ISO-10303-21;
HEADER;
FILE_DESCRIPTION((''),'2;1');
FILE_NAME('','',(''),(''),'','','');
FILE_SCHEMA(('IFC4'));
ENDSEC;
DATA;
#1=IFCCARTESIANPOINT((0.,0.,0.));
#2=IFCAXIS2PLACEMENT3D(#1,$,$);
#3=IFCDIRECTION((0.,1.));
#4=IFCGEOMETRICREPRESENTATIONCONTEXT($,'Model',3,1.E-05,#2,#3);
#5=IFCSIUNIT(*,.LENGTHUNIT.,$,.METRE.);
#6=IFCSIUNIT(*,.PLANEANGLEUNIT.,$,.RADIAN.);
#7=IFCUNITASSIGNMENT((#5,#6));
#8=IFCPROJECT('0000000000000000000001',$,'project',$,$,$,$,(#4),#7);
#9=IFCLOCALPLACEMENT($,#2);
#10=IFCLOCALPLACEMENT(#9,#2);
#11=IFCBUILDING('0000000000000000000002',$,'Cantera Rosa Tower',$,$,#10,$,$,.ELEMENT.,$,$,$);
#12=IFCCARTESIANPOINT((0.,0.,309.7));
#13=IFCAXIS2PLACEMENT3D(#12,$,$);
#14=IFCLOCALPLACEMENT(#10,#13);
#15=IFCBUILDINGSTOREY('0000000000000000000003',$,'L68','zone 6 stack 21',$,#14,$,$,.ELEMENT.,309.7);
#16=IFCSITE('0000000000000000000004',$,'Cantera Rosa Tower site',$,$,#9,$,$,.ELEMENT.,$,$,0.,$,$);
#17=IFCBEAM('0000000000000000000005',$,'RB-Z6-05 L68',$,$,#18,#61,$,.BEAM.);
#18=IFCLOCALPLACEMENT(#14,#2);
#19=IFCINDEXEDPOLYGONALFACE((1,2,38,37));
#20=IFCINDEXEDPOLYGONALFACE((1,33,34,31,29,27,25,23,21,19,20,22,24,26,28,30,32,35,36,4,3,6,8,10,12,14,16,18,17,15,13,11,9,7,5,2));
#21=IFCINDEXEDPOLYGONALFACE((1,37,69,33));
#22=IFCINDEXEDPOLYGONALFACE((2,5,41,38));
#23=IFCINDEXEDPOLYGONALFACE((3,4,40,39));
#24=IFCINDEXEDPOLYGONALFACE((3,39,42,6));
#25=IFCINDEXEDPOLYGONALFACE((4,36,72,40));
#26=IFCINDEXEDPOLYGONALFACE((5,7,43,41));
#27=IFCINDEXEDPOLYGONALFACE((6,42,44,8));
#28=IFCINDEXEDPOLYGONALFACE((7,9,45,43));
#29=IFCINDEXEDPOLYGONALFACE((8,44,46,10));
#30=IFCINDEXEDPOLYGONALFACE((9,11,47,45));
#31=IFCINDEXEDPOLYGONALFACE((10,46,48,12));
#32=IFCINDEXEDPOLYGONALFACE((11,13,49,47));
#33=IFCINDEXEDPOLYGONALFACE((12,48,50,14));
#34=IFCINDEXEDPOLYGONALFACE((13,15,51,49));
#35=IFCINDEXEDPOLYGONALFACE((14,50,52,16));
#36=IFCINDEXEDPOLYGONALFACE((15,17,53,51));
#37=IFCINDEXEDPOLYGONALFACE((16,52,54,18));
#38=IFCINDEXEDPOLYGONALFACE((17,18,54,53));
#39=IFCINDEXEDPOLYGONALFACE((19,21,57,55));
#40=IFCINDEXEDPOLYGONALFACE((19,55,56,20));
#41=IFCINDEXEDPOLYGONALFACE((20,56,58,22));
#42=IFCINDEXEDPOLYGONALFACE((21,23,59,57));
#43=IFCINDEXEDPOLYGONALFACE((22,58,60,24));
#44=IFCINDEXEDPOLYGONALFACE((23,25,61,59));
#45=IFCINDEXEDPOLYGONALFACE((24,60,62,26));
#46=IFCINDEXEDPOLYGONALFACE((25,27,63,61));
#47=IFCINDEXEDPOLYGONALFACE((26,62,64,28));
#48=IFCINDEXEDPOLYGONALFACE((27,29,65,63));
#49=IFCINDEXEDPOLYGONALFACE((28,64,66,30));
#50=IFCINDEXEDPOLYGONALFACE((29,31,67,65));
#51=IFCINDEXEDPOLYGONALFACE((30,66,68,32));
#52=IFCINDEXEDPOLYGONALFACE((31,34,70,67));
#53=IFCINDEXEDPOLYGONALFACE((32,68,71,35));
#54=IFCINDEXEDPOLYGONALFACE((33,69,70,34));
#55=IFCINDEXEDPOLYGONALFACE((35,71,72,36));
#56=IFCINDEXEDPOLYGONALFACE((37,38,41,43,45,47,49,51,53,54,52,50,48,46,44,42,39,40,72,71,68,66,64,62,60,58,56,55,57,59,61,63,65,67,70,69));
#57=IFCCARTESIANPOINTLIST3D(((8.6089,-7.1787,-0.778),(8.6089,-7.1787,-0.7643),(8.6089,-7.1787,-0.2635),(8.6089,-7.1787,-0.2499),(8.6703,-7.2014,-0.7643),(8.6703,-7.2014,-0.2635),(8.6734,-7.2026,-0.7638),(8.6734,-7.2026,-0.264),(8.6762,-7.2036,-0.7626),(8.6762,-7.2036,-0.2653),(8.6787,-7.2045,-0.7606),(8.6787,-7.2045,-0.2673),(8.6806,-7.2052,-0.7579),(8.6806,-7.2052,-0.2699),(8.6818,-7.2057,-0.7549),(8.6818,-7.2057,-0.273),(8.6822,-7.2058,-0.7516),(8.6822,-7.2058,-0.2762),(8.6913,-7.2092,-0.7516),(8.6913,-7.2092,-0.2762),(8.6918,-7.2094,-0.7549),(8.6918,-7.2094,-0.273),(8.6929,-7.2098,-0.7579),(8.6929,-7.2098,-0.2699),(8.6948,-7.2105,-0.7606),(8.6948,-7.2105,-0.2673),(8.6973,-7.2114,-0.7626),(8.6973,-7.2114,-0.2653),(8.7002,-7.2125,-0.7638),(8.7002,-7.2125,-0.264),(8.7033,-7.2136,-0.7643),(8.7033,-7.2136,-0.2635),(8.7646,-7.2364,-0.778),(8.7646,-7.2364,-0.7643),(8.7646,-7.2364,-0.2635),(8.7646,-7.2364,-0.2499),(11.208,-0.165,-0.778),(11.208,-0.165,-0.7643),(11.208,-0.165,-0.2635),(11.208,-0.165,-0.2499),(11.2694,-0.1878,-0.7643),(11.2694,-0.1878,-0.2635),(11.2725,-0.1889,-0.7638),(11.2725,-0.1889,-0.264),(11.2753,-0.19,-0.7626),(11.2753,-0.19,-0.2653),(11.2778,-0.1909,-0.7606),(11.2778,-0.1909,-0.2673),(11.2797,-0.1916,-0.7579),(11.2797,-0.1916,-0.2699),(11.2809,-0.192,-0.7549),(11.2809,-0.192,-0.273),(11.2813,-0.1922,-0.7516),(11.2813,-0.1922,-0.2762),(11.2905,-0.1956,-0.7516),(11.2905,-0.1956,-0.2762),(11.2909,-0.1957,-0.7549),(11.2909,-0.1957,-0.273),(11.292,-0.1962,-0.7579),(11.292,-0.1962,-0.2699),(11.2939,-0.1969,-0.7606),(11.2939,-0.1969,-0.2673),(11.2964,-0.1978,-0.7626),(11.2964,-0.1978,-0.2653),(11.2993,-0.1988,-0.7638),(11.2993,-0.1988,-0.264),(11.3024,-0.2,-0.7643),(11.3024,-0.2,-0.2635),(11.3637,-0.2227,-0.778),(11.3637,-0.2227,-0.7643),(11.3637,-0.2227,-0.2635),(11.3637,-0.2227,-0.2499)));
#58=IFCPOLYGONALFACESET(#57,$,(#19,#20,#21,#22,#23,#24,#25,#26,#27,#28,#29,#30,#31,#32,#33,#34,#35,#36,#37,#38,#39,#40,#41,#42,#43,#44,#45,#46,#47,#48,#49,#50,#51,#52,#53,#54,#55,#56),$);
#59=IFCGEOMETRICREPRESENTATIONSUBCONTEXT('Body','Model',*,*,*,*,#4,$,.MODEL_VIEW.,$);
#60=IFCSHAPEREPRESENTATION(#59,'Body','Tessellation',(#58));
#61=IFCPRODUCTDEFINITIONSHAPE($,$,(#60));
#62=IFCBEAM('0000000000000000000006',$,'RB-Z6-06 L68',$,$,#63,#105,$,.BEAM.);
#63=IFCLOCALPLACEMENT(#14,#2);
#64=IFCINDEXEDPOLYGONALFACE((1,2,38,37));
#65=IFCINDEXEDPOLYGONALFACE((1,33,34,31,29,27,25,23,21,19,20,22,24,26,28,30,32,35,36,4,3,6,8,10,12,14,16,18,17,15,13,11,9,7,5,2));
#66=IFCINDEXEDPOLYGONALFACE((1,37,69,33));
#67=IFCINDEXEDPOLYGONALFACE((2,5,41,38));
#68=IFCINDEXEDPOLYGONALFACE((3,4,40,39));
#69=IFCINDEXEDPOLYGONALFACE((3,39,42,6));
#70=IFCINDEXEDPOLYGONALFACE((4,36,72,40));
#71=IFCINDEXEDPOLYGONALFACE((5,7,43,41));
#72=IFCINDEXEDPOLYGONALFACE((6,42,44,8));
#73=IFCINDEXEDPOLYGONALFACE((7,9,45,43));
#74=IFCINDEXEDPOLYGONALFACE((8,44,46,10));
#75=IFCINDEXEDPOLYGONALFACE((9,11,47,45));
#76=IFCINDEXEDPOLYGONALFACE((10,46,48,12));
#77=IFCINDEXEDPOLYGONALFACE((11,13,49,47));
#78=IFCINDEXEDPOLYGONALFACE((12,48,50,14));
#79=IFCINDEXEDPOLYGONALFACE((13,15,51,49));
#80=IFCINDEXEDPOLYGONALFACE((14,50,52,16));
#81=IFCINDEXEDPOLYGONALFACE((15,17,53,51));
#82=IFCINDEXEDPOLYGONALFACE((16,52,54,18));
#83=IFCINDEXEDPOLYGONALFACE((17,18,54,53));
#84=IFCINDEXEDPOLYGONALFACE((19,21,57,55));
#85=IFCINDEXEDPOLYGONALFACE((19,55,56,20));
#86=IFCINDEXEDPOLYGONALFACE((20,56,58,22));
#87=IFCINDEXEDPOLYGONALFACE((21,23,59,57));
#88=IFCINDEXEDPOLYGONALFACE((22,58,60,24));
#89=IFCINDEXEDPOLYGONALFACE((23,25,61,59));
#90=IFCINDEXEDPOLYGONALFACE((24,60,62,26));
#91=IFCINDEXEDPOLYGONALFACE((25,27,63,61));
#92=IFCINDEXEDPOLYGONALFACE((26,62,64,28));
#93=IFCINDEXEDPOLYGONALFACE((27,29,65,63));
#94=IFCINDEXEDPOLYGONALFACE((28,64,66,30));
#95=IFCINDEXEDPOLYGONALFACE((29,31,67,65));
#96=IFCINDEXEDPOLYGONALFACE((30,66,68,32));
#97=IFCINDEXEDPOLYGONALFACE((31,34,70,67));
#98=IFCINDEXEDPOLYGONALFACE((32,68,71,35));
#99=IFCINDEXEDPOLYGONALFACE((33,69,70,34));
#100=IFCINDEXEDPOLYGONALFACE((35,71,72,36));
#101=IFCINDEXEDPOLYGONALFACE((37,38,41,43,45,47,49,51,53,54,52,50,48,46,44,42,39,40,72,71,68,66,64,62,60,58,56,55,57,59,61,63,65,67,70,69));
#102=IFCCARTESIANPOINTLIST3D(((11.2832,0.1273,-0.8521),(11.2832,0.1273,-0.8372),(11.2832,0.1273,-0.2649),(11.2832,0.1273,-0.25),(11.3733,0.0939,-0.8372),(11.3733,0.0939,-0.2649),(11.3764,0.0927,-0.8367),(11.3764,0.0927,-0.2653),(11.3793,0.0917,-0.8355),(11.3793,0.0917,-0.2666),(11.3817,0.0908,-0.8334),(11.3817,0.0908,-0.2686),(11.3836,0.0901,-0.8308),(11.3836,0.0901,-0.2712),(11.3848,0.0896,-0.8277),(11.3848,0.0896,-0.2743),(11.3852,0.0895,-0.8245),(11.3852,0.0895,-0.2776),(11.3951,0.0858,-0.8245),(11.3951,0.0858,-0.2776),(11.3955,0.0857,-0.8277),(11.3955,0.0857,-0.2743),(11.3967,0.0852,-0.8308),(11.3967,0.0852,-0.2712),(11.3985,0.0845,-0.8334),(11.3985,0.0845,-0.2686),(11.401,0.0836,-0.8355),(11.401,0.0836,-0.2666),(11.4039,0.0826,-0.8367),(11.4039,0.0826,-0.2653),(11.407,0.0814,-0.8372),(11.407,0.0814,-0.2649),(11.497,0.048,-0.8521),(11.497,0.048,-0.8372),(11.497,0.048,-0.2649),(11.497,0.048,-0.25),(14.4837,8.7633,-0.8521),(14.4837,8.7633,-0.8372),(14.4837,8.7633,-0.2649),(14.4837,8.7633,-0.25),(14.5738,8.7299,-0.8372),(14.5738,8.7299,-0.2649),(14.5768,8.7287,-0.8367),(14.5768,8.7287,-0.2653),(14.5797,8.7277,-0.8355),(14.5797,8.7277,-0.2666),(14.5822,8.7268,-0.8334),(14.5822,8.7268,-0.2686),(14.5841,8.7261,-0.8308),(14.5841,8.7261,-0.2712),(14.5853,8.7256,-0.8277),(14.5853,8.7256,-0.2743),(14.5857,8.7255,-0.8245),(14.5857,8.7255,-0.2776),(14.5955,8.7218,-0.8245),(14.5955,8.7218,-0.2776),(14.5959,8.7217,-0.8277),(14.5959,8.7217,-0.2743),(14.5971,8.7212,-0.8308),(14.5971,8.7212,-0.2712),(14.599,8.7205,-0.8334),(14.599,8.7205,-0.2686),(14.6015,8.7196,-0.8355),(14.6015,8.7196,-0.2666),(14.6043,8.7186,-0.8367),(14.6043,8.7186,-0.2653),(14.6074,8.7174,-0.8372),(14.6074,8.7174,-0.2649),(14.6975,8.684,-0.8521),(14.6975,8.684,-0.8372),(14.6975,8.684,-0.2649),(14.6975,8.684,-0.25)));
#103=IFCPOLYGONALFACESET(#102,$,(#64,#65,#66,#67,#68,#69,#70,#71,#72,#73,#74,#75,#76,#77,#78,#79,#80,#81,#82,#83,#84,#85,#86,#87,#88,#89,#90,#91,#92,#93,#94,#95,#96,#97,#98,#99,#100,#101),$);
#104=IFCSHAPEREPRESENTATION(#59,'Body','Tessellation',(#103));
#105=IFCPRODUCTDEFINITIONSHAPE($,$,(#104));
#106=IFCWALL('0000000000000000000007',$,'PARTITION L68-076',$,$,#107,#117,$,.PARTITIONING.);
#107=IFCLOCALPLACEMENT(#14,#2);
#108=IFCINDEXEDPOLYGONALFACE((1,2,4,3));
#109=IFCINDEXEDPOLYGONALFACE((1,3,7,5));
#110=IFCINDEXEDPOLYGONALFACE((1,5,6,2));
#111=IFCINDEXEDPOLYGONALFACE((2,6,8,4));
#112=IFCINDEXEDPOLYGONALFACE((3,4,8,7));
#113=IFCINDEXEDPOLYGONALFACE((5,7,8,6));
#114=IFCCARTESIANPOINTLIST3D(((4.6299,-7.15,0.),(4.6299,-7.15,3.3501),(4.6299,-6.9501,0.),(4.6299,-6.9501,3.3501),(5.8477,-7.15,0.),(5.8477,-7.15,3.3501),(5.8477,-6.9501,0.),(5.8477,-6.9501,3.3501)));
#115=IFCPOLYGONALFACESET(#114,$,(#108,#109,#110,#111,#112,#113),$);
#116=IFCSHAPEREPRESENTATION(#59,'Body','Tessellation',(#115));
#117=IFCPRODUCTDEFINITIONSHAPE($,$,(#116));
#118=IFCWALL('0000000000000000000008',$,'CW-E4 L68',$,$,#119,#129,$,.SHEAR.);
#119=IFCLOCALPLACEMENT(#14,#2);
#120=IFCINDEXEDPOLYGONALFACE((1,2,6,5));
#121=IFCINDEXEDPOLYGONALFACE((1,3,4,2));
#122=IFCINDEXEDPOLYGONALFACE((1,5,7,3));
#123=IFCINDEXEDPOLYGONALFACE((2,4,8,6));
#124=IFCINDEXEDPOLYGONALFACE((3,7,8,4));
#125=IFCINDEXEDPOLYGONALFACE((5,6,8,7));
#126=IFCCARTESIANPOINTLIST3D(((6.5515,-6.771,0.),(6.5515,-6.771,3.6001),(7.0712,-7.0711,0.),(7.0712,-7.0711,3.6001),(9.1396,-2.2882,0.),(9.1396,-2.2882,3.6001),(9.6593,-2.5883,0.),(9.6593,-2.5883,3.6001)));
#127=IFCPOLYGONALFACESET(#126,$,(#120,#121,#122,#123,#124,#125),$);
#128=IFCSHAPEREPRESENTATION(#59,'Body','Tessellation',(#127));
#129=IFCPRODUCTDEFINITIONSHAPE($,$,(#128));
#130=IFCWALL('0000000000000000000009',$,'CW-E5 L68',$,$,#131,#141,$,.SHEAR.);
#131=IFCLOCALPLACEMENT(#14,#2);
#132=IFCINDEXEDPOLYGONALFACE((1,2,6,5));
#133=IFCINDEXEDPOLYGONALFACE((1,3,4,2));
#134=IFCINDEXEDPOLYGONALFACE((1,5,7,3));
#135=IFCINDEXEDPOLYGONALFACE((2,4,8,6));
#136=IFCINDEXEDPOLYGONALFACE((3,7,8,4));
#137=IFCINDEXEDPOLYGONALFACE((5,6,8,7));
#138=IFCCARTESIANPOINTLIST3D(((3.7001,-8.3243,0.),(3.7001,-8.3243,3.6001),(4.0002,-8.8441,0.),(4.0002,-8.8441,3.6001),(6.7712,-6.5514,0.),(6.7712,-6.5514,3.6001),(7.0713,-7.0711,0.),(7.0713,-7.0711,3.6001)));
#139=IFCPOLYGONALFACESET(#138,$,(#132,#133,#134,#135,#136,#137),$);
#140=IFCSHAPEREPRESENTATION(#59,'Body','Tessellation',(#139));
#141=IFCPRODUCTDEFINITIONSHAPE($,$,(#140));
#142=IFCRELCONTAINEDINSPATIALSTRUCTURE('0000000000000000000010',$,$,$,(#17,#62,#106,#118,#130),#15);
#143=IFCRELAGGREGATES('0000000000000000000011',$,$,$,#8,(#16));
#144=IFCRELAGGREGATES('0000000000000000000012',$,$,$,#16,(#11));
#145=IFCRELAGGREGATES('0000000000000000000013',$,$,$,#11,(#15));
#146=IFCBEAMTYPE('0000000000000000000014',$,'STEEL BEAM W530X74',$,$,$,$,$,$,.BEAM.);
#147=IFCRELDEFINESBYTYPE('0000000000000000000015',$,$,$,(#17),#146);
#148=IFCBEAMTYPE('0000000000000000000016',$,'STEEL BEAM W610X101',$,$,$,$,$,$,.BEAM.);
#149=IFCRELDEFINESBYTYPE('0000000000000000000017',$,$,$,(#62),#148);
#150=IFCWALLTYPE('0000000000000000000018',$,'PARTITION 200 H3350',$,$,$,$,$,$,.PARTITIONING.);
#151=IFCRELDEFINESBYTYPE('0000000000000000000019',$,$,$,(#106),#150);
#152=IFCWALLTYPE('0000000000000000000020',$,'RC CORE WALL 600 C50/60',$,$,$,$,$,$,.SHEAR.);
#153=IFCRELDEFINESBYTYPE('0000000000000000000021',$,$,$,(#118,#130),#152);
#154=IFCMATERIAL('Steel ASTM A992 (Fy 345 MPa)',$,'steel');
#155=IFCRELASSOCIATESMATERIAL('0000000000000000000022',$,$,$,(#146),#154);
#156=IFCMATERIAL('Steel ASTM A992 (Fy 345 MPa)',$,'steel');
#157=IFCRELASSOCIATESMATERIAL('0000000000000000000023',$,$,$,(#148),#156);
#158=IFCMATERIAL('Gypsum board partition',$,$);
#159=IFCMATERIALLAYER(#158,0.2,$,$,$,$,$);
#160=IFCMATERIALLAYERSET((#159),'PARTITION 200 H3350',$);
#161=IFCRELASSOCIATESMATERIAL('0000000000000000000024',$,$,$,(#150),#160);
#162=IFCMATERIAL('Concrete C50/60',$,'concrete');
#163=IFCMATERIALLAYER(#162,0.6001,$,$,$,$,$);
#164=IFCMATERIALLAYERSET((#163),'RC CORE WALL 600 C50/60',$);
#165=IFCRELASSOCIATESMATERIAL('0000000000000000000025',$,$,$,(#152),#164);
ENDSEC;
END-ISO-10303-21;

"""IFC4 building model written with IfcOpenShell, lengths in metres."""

from ifc_helpers import new_model, si_unit, direction, frame, frame_2d, origin, origin_2d, place, context, subcontext, project, spatial, rectangle, i_section, extrude, material, layer, layer_set, material_profile, profile_set, type_object, element, save


model = new_model("IFC4")

# Units and contexts
model_context = context("Model", 3, precision=1e-05, world=origin(), true_north=direction((0.0, 1.0)))
body_context = subcontext(model_context, "Body", "Model", "MODEL_VIEW")
ifc_project = project(units=[si_unit("LENGTHUNIT", "METRE"), si_unit("PLANEANGLEUNIT", "RADIAN")], contexts=[model_context])

# Site, building, storey
site_placement = place(None, origin())
site = spatial("IfcSite", under=ifc_project, at=site_placement, Name="Cantera Rosa Tower site", CompositionType="ELEMENT", RefElevation=0.0)
building_placement = place(site_placement, origin())
building = spatial("IfcBuilding", under=site, at=building_placement, Name="Cantera Rosa Tower", CompositionType="ELEMENT")
storey_placement = place(building_placement, frame((0.0, 0.0, 309.7)))
storey = spatial("IfcBuildingStorey", under=building, at=storey_placement, Name="L68", Description="zone 6 stack 21", CompositionType="ELEMENT", Elevation=309.7)

# Beams
ifc_material_1 = material(Name="Steel ASTM A992 (Fy 345 MPa)", Category="steel")
ifc_material_profile_1 = material_profile(ifc_material_1, i_section(OverallWidth=0.166, OverallDepth=0.5281, WebThickness=0.0098, FlangeThickness=0.0137, FilletRadius=0.0127, at=origin_2d()), Name="W530X74")
ifc_profile_set_1 = profile_set([ifc_material_profile_1], Name="Steel ASTM A992 (Fy 345 MPa)")
beam_type_1 = type_object("IfcBeamType", Name="STEEL BEAM W530X74", PredefinedType="BEAM", material=ifc_profile_set_1)
beam_1_placement = place(storey_placement, frame((8.6868, -7.2075, -0.5139), z_axis=(0.347487, 0.937685, 0.0), x_axis=(-0.937685, 0.347487, 0.0)))
element("IfcBeam", 1, at=beam_1_placement, inside=storey, type_object=beam_type_1, Name="RB-Z6-05 L68", PredefinedType="BEAM", context=body_context, shape_type="SweptSolid", body=[
    extrude(i_section(OverallWidth=0.166, OverallDepth=0.5281, WebThickness=0.0098, FlangeThickness=0.0137, FilletRadius=0.0127, at=origin_2d()), origin(), (0.0, 0.0, 1.0), 7.4797),
])
ifc_material_2 = material(Name="Steel ASTM A992 (Fy 345 MPa)", Category="steel")
ifc_material_profile_2 = material_profile(ifc_material_2, i_section(OverallWidth=0.228, OverallDepth=0.6021, WebThickness=0.0105, FlangeThickness=0.0149, FilletRadius=0.0127, at=origin_2d()), Name="W610X101")
ifc_profile_set_2 = profile_set([ifc_material_profile_2], Name="Steel ASTM A992 (Fy 345 MPa)")
beam_type_2 = type_object("IfcBeamType", Name="STEEL BEAM W610X101", PredefinedType="BEAM", material=ifc_profile_set_2)
beam_2_placement = place(storey_placement, frame((11.3901, 0.0876, -0.551), z_axis=(0.347498, 0.937681, 0.0), x_axis=(-0.937681, 0.347498, 0.0)))
element("IfcBeam", 2, at=beam_2_placement, inside=storey, type_object=beam_type_2, Name="RB-Z6-06 L68", PredefinedType="BEAM", context=body_context, shape_type="SweptSolid", body=[
    extrude(i_section(OverallWidth=0.228, OverallDepth=0.6021, WebThickness=0.0105, FlangeThickness=0.0149, FilletRadius=0.0127, at=origin_2d()), origin(), (0.0, 0.0, 1.0), 9.21),
])

# Walls
ifc_material_3 = material(Name="Gypsum board partition")
ifc_layer_1 = layer(ifc_material_3, 0.2)
ifc_layer_set_1 = layer_set([ifc_layer_1], Name="PARTITION 200 H3350")
wall_type_1 = type_object("IfcWallType", Name="PARTITION 200 H3350", PredefinedType="PARTITIONING", material=ifc_layer_set_1)
wall_1_placement = place(storey_placement, frame((5.8477, -7.05, 0.0), z_axis=(0.0, 0.0, 1.0), x_axis=(-1.0, 0.0, 0.0)))
element("IfcWall", 3, at=wall_1_placement, inside=storey, type_object=wall_type_1, Name="PARTITION L68-076", PredefinedType="PARTITIONING", context=body_context, shape_type="SweptSolid", body=[
    extrude(rectangle(XDim=1.2178, YDim=0.2, at=frame_2d((0.6089, 0.0))), origin(), (0.0, 0.0, 1.0), 3.3501),
])
ifc_material_4 = material(Name="Concrete C50/60", Category="concrete")
ifc_layer_2 = layer(ifc_material_4, 0.6001)
ifc_layer_set_2 = layer_set([ifc_layer_2], Name="RC CORE WALL 600 C50/60")
wall_type_2 = type_object("IfcWallType", Name="RC CORE WALL 600 C50/60", PredefinedType="SHEAR", material=ifc_layer_set_2)
wall_2_placement = place(storey_placement, frame((9.3994, -2.4382, 0.0), z_axis=(0.0, 0.0, 1.0), x_axis=(-0.499989, -0.866032, 0.0)))
element("IfcWall", 4, at=wall_2_placement, inside=storey, type_object=wall_type_2, Name="CW-E4 L68", PredefinedType="SHEAR", context=body_context, shape_type="SweptSolid", body=[
    extrude(rectangle(XDim=5.1763, YDim=0.6001, at=frame_2d((2.5881, 0.0))), origin(), (0.0, 0.0, 1.0), 3.6001),
])
wall_3_placement = place(storey_placement, frame((6.9211, -6.8113, 0.0), z_axis=(0.0, 0.0, 1.0), x_axis=(-0.86604, -0.499975, 0.0)))
element("IfcWall", 5, at=wall_3_placement, inside=storey, type_object=wall_type_2, Name="CW-E5 L68", PredefinedType="SHEAR", context=body_context, shape_type="SweptSolid", body=[
    extrude(rectangle(XDim=3.5461, YDim=0.6001, at=frame_2d((1.7729, 0.0))), origin(), (0.0, 0.0, 1.0), 3.6001),
])

save(model, "model.ifc")
